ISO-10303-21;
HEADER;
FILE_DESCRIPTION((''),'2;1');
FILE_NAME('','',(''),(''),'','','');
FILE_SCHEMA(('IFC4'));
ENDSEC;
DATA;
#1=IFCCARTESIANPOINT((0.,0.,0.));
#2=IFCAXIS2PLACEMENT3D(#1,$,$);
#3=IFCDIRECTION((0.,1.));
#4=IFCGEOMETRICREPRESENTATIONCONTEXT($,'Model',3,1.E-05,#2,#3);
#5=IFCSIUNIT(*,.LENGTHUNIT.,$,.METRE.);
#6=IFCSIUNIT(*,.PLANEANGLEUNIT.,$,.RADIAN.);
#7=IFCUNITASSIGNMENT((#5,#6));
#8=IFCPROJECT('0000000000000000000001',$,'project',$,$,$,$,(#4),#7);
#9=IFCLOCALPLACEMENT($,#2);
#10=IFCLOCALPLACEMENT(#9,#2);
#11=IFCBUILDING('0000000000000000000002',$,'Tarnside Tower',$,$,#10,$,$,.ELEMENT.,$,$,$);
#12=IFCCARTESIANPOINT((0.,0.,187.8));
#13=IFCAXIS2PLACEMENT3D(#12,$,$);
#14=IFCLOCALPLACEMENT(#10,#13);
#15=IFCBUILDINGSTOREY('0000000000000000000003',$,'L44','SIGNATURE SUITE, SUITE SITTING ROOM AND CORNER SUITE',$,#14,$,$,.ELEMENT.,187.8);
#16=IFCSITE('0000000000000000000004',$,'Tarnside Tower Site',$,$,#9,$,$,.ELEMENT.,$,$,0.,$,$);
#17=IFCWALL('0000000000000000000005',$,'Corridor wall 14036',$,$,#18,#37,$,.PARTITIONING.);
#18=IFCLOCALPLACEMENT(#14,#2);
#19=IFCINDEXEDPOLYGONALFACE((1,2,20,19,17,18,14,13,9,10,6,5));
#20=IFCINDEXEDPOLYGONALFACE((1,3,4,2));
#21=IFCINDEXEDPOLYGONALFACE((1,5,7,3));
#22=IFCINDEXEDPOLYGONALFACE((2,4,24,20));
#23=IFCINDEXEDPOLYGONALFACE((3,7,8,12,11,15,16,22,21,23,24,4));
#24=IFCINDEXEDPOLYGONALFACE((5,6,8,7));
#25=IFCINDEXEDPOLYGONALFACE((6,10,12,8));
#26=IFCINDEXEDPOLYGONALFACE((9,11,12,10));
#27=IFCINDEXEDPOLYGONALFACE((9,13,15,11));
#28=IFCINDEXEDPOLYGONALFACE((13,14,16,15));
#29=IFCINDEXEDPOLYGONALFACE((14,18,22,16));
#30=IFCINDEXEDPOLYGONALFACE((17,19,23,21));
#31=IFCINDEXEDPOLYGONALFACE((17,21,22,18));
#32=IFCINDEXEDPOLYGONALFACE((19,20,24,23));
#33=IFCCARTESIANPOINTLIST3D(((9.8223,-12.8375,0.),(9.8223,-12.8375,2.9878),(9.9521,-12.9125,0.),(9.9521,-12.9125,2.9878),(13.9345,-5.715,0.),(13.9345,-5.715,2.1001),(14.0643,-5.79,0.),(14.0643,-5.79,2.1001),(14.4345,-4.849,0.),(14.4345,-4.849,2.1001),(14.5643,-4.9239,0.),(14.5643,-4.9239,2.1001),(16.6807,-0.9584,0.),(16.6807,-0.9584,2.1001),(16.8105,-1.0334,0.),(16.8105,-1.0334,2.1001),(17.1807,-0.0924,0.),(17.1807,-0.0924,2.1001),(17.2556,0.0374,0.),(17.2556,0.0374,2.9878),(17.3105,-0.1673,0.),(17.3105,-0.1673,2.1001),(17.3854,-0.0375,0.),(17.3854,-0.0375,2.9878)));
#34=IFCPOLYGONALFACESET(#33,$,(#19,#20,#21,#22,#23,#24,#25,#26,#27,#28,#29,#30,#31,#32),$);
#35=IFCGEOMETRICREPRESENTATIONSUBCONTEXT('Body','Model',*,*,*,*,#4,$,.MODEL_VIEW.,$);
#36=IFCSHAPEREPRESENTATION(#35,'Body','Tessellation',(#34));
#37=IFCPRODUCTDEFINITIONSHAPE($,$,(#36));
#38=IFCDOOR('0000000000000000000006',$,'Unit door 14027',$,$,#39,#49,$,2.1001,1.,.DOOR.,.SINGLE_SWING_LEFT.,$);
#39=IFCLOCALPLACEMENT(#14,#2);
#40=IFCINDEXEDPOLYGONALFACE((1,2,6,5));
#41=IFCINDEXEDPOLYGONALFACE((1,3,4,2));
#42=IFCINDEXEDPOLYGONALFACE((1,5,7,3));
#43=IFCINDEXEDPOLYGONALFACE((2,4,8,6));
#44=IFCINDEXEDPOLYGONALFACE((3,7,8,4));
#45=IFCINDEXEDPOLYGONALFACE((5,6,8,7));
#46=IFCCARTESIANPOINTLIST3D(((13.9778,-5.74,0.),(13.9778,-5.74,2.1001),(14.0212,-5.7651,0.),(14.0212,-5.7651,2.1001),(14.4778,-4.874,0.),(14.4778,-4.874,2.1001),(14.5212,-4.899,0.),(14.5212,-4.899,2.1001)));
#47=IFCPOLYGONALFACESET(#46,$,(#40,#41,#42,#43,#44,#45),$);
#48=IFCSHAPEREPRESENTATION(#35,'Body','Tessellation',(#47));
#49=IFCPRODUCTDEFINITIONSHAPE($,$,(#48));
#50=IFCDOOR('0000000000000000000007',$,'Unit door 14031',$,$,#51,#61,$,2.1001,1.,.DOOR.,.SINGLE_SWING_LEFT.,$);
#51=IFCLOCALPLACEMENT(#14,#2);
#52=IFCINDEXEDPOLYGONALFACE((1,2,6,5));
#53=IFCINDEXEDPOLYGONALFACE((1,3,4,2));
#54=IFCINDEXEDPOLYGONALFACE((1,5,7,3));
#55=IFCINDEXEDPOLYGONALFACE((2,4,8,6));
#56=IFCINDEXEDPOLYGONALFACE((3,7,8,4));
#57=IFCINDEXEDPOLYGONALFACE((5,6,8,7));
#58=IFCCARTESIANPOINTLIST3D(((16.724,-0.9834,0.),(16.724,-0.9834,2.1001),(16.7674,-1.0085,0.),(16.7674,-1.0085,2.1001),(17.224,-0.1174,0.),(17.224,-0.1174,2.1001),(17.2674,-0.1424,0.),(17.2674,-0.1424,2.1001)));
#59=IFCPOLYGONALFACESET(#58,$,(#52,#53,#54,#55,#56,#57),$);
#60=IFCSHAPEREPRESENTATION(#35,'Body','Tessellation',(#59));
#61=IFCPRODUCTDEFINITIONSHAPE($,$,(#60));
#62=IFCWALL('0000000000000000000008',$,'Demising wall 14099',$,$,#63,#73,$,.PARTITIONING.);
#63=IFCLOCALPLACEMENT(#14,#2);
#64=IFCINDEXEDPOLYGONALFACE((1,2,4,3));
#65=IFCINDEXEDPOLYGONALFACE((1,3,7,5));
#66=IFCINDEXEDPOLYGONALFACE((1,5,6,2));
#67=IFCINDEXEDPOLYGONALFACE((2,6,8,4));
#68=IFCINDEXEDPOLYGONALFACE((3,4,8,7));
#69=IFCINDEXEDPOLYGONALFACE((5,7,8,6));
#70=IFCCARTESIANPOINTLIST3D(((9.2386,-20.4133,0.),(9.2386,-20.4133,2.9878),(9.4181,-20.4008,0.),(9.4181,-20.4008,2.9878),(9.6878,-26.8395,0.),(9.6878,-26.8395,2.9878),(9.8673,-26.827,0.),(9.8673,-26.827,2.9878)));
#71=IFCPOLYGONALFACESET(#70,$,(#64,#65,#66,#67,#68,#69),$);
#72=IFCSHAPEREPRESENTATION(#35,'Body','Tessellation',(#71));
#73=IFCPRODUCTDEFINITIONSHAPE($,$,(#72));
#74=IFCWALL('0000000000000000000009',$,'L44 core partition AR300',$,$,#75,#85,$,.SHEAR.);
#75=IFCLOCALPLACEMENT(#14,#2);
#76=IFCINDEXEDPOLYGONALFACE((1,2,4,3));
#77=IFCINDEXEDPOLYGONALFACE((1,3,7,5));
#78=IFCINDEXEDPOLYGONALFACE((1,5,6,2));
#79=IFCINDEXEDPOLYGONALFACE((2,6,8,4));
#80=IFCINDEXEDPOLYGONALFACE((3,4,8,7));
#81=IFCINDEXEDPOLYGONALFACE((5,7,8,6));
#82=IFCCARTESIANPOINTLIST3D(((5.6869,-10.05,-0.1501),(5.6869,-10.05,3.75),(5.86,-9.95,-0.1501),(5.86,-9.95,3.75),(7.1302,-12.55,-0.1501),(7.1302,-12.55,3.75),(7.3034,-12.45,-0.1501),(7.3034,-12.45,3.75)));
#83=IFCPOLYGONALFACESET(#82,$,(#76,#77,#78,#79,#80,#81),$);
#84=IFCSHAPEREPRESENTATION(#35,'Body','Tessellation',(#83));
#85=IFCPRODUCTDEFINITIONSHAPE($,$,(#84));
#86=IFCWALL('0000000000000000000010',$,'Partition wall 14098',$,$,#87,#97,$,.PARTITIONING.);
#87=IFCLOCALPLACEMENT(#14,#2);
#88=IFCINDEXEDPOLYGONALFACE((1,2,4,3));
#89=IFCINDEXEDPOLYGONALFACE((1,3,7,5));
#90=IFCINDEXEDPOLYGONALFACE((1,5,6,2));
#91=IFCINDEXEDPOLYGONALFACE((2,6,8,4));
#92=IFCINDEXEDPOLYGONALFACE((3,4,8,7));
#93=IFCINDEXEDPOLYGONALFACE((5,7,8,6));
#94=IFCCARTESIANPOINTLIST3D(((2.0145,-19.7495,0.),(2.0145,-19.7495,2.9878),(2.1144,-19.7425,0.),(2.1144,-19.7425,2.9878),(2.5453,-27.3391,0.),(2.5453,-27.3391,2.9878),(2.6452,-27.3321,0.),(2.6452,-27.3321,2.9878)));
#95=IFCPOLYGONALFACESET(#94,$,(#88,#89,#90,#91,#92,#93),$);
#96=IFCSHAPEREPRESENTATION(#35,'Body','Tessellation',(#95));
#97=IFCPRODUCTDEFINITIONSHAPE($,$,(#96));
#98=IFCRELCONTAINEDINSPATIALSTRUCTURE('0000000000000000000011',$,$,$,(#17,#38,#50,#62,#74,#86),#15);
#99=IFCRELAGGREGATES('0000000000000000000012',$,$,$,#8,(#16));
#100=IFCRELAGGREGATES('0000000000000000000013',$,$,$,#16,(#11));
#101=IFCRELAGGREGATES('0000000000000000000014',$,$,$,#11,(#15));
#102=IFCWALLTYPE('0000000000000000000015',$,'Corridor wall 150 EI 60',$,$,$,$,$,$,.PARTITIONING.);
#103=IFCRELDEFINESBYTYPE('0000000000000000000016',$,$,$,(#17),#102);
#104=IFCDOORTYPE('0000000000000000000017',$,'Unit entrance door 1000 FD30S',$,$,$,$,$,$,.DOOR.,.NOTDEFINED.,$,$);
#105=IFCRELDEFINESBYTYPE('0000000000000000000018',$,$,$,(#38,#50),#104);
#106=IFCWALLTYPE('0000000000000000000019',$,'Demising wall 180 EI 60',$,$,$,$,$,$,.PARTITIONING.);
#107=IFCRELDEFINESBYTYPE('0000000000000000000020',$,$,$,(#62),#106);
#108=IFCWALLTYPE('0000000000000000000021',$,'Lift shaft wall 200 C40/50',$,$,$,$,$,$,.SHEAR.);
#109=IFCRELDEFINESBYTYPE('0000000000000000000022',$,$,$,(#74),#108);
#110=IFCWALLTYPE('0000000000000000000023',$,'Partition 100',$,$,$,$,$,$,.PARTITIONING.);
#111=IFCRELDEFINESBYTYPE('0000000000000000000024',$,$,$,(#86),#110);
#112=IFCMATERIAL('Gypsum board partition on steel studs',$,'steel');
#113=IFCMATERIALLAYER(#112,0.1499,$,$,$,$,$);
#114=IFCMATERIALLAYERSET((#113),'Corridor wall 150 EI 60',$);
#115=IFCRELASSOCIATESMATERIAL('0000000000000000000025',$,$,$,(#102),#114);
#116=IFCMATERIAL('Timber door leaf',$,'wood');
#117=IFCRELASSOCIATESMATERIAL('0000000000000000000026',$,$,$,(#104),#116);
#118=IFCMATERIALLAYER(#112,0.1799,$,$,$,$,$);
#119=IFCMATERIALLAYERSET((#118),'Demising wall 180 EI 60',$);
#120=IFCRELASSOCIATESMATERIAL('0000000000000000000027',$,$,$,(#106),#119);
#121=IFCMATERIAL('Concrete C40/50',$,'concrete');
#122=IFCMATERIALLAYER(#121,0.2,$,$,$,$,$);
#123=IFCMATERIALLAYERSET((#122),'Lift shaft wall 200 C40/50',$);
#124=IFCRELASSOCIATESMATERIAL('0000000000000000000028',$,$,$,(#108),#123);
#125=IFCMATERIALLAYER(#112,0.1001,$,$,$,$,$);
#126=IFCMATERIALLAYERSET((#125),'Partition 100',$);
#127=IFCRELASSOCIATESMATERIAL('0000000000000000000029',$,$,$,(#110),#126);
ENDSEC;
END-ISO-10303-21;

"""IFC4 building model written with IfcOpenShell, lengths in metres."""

from ifc_helpers import new_model, si_unit, direction, frame, frame_2d, origin, place, context, subcontext, project, spatial, rectangle, extrude, material, layer, layer_set, type_object, element, fill, save


model = new_model("IFC4")

# Units and contexts
model_context = context("Model", 3, precision=1e-05, world=origin(), true_north=direction((0.0, 1.0)))
body_context = subcontext(model_context, "Body", "Model", "MODEL_VIEW")
ifc_project = project(units=[si_unit("LENGTHUNIT", "METRE"), si_unit("PLANEANGLEUNIT", "RADIAN")], contexts=[model_context])

# Site, building, storey
site_placement = place(None, origin())
site = spatial("IfcSite", under=ifc_project, at=site_placement, Name="Tarnside Tower Site", CompositionType="ELEMENT", RefElevation=0.0)
building_placement = place(site_placement, origin())
building = spatial("IfcBuilding", under=site, at=building_placement, Name="Tarnside Tower", CompositionType="ELEMENT")
storey_placement = place(building_placement, frame((0.0, 0.0, 187.8)))
storey = spatial("IfcBuildingStorey", under=building, at=storey_placement, Name="L44", Description="SIGNATURE SUITE, SUITE SITTING ROOM AND CORNER SUITE", CompositionType="ELEMENT", Elevation=187.8)

# Shared definitions
ifc_material_1 = material(Name="Gypsum board partition on steel studs", Category="steel")

# Shared definitions
ifc_material_2 = material(Name="Timber door leaf", Category="wood")

# Shared definitions
ifc_layer_1 = layer(ifc_material_1, 0.1499)
ifc_layer_set_1 = layer_set([ifc_layer_1], Name="Corridor wall 150 EI 60")
wall_type_1 = type_object("IfcWallType", Name="Corridor wall 150 EI 60", PredefinedType="PARTITIONING", material=ifc_layer_set_1)

# Shared definitions
door_type_1 = type_object("IfcDoorType", Name="Unit entrance door 1000 FD30S", OperationType="NOTDEFINED", PredefinedType="DOOR", material=ifc_material_2)

# Wall, openings, doors
wall_1_placement = place(storey_placement, frame((9.8872, -12.875, 0.0), z_axis=(0.0, 0.0, 1.0), x_axis=(0.499998, 0.866026, 0.0)))
wall_1 = element("IfcWall", 1, at=wall_1_placement, inside=storey, type_object=wall_type_1, Name="Corridor wall 14036", PredefinedType="PARTITIONING", context=body_context, shape_type="SweptSolid", body=[
    extrude(rectangle(XDim=14.8667, YDim=0.1499, at=frame_2d((7.4333, 0.0))), origin(), (0.0, 0.0, 1.0), 2.9878),
])
opening_1_placement = place(wall_1_placement, frame((8.2244, 0.0, 0.0)))
opening_1 = element("IfcOpeningElement", 2, at=opening_1_placement, cuts=wall_1, PredefinedType="OPENING", context=body_context, shape_type="SweptSolid", body=[
    extrude(rectangle(XDim=1.0, YDim=2.1001, at=frame_2d((0.5, 1.05))), frame((0.0, 0.085, 0.0), z_axis=(0.0, -1.0, 0.0), x_axis=(1.0, 0.0, 0.0)), (0.0, 0.0, 1.0), 0.1699),
])
opening_2_placement = place(wall_1_placement, frame((13.7168, 0.0, 0.0)))
opening_2 = element("IfcOpeningElement", 3, at=opening_2_placement, cuts=wall_1, PredefinedType="OPENING", context=body_context, shape_type="SweptSolid", body=[
    extrude(rectangle(XDim=1.0, YDim=2.1001, at=frame_2d((0.5, 1.05))), frame((0.0, 0.085, 0.0), z_axis=(0.0, -1.0, 0.0), x_axis=(1.0, 0.0, 0.0)), (0.0, 0.0, 1.0), 0.1699),
])
door_1_placement = place(opening_1_placement, origin())
door_1 = element("IfcDoor", 4, at=door_1_placement, inside=storey, type_object=door_type_1, Name="Unit door 14027", OperationType="SINGLE_SWING_LEFT", OverallHeight=2.1001, OverallWidth=1.0, PredefinedType="DOOR", context=body_context, shape_type="SweptSolid", body=[
    extrude(rectangle(XDim=1.0, YDim=2.1001, at=frame_2d((0.5, 1.05))), frame((0.0, 0.0249, 0.0), z_axis=(0.0, -1.0, 0.0), x_axis=(1.0, 0.0, 0.0)), (0.0, 0.0, 1.0), 0.05),
])
fill(opening_1, door_1)
door_2_placement = place(opening_2_placement, origin())
door_2 = element("IfcDoor", 5, at=door_2_placement, inside=storey, type_object=door_type_1, Name="Unit door 14031", OperationType="SINGLE_SWING_LEFT", OverallHeight=2.1001, OverallWidth=1.0, PredefinedType="DOOR", context=body_context, shape_type="SweptSolid", body=[
    extrude(rectangle(XDim=1.0, YDim=2.1001, at=frame_2d((0.5, 1.05))), frame((0.0, 0.0249, 0.0), z_axis=(0.0, -1.0, 0.0), x_axis=(1.0, 0.0, 0.0)), (0.0, 0.0, 1.0), 0.05),
])
fill(opening_2, door_2)

# Walls
ifc_layer_2 = layer(ifc_material_1, 0.1799)
ifc_layer_set_2 = layer_set([ifc_layer_2], Name="Demising wall 180 EI 60")
wall_type_2 = type_object("IfcWallType", Name="Demising wall 180 EI 60", PredefinedType="PARTITIONING", material=ifc_layer_set_2)
wall_2_placement = place(storey_placement, frame((9.7776, -26.8333, 0.0), z_axis=(0.0, 0.0, 1.0), x_axis=(-0.069733, 0.997566, 0.0)))
element("IfcWall", 6, at=wall_2_placement, inside=storey, type_object=wall_type_2, Name="Demising wall 14099", PredefinedType="PARTITIONING", context=body_context, shape_type="SweptSolid", body=[
    extrude(rectangle(XDim=6.4419, YDim=0.1799, at=frame_2d((3.2209, 0.0))), origin(), (0.0, 0.0, 1.0), 2.9878),
])
ifc_material_3 = material(Name="Concrete C40/50", Category="concrete")
ifc_layer_3 = layer(ifc_material_3, 0.2)
ifc_layer_set_3 = layer_set([ifc_layer_3], Name="Lift shaft wall 200 C40/50")
wall_type_3 = type_object("IfcWallType", Name="Lift shaft wall 200 C40/50", PredefinedType="SHEAR", material=ifc_layer_set_3)
wall_3_placement = place(storey_placement, frame((5.7734, -10.0, -0.1501), z_axis=(0.0, 0.0, 1.0), x_axis=(0.499996, -0.866028, 0.0)))
element("IfcWall", 7, at=wall_3_placement, inside=storey, type_object=wall_type_3, Name="L44 core partition AR300", PredefinedType="SHEAR", context=body_context, shape_type="SweptSolid", body=[
    extrude(rectangle(XDim=2.8867, YDim=0.2, at=frame_2d((1.4434, 0.0))), origin(), (0.0, 0.0, 1.0), 3.9001),
])
ifc_layer_4 = layer(ifc_material_1, 0.1001)
ifc_layer_set_4 = layer_set([ifc_layer_4], Name="Partition 100")
wall_type_4 = type_object("IfcWallType", Name="Partition 100", PredefinedType="PARTITIONING", material=ifc_layer_set_4)
wall_4_placement = place(storey_placement, frame((2.0645, -19.7458, 0.0), z_axis=(0.0, 0.0, 1.0), x_axis=(0.069762, -0.997564, 0.0)))
element("IfcWall", 8, at=wall_4_placement, inside=storey, type_object=wall_type_4, Name="Partition wall 14098", PredefinedType="PARTITIONING", context=body_context, shape_type="SweptSolid", body=[
    extrude(rectangle(XDim=7.6082, YDim=0.1001, at=frame_2d((3.8042, 0.0))), origin(), (0.0, 0.0, 1.0), 2.9878),
])

save(model, "model.ifc")
